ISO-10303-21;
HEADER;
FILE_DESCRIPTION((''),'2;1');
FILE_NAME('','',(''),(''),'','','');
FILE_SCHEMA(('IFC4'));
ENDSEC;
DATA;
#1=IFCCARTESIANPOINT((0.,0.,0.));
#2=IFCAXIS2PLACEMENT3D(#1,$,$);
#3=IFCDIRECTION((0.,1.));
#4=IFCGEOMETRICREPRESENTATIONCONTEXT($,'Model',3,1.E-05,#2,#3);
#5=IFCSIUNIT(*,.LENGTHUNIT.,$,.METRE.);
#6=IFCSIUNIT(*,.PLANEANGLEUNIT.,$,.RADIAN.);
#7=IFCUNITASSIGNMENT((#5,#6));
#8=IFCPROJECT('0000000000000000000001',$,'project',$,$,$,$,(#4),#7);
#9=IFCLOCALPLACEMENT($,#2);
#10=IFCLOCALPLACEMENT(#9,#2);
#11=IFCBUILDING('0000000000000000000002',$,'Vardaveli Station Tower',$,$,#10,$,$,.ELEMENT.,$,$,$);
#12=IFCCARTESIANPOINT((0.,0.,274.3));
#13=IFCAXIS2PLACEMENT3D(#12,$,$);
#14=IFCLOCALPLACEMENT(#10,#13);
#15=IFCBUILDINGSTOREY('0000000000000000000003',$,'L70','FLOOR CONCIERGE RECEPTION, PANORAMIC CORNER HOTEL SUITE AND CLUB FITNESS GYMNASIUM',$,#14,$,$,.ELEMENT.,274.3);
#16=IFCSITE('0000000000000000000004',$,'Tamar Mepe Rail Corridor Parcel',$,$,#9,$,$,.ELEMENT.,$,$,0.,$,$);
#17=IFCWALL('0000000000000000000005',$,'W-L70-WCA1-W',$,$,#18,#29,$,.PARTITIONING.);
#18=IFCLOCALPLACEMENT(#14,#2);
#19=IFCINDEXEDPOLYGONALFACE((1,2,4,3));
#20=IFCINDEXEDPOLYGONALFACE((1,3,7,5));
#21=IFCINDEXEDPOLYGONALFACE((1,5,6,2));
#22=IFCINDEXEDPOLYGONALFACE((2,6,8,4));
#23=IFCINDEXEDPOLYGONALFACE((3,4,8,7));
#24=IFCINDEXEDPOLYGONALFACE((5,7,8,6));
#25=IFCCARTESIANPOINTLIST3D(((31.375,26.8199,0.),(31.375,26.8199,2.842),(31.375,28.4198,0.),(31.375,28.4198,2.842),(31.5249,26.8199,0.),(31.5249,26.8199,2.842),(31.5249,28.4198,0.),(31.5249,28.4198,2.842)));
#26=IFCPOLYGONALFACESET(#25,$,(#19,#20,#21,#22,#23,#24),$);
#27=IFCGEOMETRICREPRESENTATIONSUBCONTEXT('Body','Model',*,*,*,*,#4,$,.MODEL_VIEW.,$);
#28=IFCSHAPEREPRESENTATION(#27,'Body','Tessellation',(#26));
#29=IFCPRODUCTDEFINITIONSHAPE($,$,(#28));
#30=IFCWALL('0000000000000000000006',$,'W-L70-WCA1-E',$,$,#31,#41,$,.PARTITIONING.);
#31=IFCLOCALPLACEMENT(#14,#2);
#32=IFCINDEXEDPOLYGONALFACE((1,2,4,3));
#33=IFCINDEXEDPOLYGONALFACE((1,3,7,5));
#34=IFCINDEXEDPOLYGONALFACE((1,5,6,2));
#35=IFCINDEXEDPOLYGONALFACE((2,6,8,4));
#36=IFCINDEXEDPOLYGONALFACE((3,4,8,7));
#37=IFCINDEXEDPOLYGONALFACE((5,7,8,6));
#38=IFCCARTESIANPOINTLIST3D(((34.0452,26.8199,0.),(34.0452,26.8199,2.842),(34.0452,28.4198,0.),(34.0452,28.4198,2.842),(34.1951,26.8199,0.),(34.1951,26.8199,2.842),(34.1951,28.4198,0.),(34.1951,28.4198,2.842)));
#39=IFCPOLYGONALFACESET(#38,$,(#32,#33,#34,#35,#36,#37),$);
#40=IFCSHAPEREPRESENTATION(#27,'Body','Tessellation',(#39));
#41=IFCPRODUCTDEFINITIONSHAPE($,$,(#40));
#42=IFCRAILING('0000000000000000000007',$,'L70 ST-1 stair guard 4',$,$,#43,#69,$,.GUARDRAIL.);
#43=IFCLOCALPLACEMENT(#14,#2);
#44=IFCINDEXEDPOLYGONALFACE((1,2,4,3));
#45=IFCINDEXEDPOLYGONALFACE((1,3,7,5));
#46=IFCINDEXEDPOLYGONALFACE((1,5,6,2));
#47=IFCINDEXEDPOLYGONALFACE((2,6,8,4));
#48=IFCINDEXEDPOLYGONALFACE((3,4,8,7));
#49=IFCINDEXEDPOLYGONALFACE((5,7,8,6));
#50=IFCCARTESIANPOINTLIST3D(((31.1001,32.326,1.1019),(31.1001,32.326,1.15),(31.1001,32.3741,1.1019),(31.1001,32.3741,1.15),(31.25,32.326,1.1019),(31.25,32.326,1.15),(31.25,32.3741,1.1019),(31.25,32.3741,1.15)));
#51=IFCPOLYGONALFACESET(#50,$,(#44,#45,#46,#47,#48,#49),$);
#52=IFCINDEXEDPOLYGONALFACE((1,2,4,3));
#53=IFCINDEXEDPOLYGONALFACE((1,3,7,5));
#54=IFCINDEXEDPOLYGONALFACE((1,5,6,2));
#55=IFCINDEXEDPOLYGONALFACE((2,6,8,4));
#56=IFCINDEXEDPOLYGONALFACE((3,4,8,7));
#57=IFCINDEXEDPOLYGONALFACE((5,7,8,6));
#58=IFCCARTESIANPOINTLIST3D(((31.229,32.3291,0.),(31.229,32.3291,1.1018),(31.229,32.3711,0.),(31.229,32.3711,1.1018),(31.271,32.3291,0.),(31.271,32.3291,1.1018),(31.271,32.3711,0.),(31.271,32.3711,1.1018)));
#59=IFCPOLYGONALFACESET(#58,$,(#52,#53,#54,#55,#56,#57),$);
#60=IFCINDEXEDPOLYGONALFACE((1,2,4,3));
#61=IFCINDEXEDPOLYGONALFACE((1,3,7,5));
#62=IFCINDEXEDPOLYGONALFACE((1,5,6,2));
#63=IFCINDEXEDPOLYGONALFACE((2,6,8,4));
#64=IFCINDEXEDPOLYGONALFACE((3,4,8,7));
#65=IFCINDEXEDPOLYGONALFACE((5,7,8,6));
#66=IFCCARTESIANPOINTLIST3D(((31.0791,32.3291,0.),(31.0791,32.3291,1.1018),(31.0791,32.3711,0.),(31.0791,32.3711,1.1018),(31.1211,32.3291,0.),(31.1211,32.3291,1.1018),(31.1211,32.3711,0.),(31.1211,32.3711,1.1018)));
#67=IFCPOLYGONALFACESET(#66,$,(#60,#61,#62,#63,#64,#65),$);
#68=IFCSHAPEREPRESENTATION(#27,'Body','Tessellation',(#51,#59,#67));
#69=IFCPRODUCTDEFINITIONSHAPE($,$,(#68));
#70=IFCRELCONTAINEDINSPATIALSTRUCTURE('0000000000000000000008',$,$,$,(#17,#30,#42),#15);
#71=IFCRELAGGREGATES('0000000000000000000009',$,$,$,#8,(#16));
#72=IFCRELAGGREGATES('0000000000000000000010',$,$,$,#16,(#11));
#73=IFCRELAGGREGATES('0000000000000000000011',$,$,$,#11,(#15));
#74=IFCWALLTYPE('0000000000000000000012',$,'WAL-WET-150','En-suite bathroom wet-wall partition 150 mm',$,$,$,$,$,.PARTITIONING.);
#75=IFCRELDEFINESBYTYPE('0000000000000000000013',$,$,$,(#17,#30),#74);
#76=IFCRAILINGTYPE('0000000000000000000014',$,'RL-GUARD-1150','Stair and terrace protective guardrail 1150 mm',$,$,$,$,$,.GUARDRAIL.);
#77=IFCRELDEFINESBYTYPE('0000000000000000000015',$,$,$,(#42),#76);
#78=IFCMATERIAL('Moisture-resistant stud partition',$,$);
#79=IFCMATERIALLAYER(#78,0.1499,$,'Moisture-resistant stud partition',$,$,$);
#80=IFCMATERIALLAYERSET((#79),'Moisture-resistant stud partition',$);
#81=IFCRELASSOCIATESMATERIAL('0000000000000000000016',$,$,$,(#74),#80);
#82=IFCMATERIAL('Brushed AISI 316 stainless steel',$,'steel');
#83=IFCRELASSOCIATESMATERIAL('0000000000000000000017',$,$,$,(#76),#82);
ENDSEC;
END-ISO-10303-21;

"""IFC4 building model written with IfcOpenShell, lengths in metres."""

from ifc_helpers import new_model, si_unit, direction, frame, frame_2d, origin, origin_2d, place, context, subcontext, project, spatial, rectangle, extrude, source, transform, mapped, material, layer, layer_set, type_object, element, save


model = new_model("IFC4")

# Units and contexts
model_context = context("Model", 3, precision=1e-05, world=origin(), true_north=direction((0.0, 1.0)))
body_context = subcontext(model_context, "Body", "Model", "MODEL_VIEW")
ifc_project = project(units=[si_unit("LENGTHUNIT", "METRE"), si_unit("PLANEANGLEUNIT", "RADIAN")], contexts=[model_context])

# Site, building, storey
site_placement = place(None, origin())
site = spatial("IfcSite", under=ifc_project, at=site_placement, Name="Tamar Mepe Rail Corridor Parcel", CompositionType="ELEMENT", RefElevation=0.0)
building_placement = place(site_placement, origin())
building = spatial("IfcBuilding", under=site, at=building_placement, Name="Vardaveli Station Tower", CompositionType="ELEMENT")
storey_placement = place(building_placement, frame((0.0, 0.0, 274.3)))
storey = spatial("IfcBuildingStorey", under=building, at=storey_placement, Name="L70", Description="FLOOR CONCIERGE RECEPTION, PANORAMIC CORNER HOTEL SUITE AND CLUB FITNESS GYMNASIUM", CompositionType="ELEMENT", Elevation=274.3)

# Shared definitions
ifc_material_1 = material(Name="Moisture-resistant stud partition")
ifc_layer_1 = layer(ifc_material_1, 0.1499, Name="Moisture-resistant stud partition")
ifc_layer_set_1 = layer_set([ifc_layer_1], Name="Moisture-resistant stud partition")
wall_type_1 = type_object("IfcWallType", Name="WAL-WET-150", Description="En-suite bathroom wet-wall partition 150 mm", PredefinedType="PARTITIONING", material=ifc_layer_set_1)

# Walls
shared_shape_1 = source(origin(), body_context, "Body", "SweptSolid", [
    extrude(rectangle(XDim=1.5999, YDim=0.1499, at=frame_2d((0.7998, 0.0))), origin(), (0.0, 0.0, 1.0), 2.842),
])
for number, where, z_axis, x_axis, name in (
    (1, (31.45, 26.8201, 0.0), (0.0, 0.0, 1.0), (0.0, 1.0, 0.0), "W-L70-WCA1-W"),
    (2, (34.1201, 26.8201, 0.0), (0.0, 0.0, 1.0), (0.0, 1.0, 0.0), "W-L70-WCA1-E"),
):
    element("IfcWall", number, at=place(storey_placement, frame(where, z_axis=z_axis, x_axis=x_axis)), inside=storey, type_object=wall_type_1, Name=name, PredefinedType="PARTITIONING", context=body_context, shape_type="MappedRepresentation", body=[
        mapped(shared_shape_1, transform((0.0, 0.0, 0.0), scale=1.0)),
    ])

# Railing
ifc_material_2 = material(Name="Brushed AISI 316 stainless steel", Category="steel")
railing_type = type_object("IfcRailingType", Name="RL-GUARD-1150", Description="Stair and terrace protective guardrail 1150 mm", PredefinedType="GUARDRAIL", material=ifc_material_2)
shared_shape_2 = source(origin(), body_context, "Body", "SweptSolid", [
    extrude(rectangle(XDim=0.0481, YDim=0.0481, at=origin_2d()), frame((0.0, 0.0, 1.126), z_axis=(-1.0, 0.0, 0.0), x_axis=(0.0, -1.0, 0.0)), (0.0, 0.0, 1.0), 0.1499),
    extrude(rectangle(XDim=0.042, YDim=0.042, at=origin_2d()), origin(), (0.0, 0.0, 1.0), 1.1018),
    extrude(rectangle(XDim=0.042, YDim=0.042, at=origin_2d()), frame((-0.1499, 0.0, 0.0)), (0.0, 0.0, 1.0), 1.1018),
])
railing_placement = place(storey_placement, frame((31.25, 32.3501, 0.0)))
element("IfcRailing", 3, at=railing_placement, inside=storey, type_object=railing_type, Name="L70 ST-1 stair guard 4", PredefinedType="GUARDRAIL", context=body_context, shape_type="MappedRepresentation", body=[
    mapped(shared_shape_2, transform((0.0, 0.0, 0.0), scale=1.0)),
])

save(model, "model.ifc")
